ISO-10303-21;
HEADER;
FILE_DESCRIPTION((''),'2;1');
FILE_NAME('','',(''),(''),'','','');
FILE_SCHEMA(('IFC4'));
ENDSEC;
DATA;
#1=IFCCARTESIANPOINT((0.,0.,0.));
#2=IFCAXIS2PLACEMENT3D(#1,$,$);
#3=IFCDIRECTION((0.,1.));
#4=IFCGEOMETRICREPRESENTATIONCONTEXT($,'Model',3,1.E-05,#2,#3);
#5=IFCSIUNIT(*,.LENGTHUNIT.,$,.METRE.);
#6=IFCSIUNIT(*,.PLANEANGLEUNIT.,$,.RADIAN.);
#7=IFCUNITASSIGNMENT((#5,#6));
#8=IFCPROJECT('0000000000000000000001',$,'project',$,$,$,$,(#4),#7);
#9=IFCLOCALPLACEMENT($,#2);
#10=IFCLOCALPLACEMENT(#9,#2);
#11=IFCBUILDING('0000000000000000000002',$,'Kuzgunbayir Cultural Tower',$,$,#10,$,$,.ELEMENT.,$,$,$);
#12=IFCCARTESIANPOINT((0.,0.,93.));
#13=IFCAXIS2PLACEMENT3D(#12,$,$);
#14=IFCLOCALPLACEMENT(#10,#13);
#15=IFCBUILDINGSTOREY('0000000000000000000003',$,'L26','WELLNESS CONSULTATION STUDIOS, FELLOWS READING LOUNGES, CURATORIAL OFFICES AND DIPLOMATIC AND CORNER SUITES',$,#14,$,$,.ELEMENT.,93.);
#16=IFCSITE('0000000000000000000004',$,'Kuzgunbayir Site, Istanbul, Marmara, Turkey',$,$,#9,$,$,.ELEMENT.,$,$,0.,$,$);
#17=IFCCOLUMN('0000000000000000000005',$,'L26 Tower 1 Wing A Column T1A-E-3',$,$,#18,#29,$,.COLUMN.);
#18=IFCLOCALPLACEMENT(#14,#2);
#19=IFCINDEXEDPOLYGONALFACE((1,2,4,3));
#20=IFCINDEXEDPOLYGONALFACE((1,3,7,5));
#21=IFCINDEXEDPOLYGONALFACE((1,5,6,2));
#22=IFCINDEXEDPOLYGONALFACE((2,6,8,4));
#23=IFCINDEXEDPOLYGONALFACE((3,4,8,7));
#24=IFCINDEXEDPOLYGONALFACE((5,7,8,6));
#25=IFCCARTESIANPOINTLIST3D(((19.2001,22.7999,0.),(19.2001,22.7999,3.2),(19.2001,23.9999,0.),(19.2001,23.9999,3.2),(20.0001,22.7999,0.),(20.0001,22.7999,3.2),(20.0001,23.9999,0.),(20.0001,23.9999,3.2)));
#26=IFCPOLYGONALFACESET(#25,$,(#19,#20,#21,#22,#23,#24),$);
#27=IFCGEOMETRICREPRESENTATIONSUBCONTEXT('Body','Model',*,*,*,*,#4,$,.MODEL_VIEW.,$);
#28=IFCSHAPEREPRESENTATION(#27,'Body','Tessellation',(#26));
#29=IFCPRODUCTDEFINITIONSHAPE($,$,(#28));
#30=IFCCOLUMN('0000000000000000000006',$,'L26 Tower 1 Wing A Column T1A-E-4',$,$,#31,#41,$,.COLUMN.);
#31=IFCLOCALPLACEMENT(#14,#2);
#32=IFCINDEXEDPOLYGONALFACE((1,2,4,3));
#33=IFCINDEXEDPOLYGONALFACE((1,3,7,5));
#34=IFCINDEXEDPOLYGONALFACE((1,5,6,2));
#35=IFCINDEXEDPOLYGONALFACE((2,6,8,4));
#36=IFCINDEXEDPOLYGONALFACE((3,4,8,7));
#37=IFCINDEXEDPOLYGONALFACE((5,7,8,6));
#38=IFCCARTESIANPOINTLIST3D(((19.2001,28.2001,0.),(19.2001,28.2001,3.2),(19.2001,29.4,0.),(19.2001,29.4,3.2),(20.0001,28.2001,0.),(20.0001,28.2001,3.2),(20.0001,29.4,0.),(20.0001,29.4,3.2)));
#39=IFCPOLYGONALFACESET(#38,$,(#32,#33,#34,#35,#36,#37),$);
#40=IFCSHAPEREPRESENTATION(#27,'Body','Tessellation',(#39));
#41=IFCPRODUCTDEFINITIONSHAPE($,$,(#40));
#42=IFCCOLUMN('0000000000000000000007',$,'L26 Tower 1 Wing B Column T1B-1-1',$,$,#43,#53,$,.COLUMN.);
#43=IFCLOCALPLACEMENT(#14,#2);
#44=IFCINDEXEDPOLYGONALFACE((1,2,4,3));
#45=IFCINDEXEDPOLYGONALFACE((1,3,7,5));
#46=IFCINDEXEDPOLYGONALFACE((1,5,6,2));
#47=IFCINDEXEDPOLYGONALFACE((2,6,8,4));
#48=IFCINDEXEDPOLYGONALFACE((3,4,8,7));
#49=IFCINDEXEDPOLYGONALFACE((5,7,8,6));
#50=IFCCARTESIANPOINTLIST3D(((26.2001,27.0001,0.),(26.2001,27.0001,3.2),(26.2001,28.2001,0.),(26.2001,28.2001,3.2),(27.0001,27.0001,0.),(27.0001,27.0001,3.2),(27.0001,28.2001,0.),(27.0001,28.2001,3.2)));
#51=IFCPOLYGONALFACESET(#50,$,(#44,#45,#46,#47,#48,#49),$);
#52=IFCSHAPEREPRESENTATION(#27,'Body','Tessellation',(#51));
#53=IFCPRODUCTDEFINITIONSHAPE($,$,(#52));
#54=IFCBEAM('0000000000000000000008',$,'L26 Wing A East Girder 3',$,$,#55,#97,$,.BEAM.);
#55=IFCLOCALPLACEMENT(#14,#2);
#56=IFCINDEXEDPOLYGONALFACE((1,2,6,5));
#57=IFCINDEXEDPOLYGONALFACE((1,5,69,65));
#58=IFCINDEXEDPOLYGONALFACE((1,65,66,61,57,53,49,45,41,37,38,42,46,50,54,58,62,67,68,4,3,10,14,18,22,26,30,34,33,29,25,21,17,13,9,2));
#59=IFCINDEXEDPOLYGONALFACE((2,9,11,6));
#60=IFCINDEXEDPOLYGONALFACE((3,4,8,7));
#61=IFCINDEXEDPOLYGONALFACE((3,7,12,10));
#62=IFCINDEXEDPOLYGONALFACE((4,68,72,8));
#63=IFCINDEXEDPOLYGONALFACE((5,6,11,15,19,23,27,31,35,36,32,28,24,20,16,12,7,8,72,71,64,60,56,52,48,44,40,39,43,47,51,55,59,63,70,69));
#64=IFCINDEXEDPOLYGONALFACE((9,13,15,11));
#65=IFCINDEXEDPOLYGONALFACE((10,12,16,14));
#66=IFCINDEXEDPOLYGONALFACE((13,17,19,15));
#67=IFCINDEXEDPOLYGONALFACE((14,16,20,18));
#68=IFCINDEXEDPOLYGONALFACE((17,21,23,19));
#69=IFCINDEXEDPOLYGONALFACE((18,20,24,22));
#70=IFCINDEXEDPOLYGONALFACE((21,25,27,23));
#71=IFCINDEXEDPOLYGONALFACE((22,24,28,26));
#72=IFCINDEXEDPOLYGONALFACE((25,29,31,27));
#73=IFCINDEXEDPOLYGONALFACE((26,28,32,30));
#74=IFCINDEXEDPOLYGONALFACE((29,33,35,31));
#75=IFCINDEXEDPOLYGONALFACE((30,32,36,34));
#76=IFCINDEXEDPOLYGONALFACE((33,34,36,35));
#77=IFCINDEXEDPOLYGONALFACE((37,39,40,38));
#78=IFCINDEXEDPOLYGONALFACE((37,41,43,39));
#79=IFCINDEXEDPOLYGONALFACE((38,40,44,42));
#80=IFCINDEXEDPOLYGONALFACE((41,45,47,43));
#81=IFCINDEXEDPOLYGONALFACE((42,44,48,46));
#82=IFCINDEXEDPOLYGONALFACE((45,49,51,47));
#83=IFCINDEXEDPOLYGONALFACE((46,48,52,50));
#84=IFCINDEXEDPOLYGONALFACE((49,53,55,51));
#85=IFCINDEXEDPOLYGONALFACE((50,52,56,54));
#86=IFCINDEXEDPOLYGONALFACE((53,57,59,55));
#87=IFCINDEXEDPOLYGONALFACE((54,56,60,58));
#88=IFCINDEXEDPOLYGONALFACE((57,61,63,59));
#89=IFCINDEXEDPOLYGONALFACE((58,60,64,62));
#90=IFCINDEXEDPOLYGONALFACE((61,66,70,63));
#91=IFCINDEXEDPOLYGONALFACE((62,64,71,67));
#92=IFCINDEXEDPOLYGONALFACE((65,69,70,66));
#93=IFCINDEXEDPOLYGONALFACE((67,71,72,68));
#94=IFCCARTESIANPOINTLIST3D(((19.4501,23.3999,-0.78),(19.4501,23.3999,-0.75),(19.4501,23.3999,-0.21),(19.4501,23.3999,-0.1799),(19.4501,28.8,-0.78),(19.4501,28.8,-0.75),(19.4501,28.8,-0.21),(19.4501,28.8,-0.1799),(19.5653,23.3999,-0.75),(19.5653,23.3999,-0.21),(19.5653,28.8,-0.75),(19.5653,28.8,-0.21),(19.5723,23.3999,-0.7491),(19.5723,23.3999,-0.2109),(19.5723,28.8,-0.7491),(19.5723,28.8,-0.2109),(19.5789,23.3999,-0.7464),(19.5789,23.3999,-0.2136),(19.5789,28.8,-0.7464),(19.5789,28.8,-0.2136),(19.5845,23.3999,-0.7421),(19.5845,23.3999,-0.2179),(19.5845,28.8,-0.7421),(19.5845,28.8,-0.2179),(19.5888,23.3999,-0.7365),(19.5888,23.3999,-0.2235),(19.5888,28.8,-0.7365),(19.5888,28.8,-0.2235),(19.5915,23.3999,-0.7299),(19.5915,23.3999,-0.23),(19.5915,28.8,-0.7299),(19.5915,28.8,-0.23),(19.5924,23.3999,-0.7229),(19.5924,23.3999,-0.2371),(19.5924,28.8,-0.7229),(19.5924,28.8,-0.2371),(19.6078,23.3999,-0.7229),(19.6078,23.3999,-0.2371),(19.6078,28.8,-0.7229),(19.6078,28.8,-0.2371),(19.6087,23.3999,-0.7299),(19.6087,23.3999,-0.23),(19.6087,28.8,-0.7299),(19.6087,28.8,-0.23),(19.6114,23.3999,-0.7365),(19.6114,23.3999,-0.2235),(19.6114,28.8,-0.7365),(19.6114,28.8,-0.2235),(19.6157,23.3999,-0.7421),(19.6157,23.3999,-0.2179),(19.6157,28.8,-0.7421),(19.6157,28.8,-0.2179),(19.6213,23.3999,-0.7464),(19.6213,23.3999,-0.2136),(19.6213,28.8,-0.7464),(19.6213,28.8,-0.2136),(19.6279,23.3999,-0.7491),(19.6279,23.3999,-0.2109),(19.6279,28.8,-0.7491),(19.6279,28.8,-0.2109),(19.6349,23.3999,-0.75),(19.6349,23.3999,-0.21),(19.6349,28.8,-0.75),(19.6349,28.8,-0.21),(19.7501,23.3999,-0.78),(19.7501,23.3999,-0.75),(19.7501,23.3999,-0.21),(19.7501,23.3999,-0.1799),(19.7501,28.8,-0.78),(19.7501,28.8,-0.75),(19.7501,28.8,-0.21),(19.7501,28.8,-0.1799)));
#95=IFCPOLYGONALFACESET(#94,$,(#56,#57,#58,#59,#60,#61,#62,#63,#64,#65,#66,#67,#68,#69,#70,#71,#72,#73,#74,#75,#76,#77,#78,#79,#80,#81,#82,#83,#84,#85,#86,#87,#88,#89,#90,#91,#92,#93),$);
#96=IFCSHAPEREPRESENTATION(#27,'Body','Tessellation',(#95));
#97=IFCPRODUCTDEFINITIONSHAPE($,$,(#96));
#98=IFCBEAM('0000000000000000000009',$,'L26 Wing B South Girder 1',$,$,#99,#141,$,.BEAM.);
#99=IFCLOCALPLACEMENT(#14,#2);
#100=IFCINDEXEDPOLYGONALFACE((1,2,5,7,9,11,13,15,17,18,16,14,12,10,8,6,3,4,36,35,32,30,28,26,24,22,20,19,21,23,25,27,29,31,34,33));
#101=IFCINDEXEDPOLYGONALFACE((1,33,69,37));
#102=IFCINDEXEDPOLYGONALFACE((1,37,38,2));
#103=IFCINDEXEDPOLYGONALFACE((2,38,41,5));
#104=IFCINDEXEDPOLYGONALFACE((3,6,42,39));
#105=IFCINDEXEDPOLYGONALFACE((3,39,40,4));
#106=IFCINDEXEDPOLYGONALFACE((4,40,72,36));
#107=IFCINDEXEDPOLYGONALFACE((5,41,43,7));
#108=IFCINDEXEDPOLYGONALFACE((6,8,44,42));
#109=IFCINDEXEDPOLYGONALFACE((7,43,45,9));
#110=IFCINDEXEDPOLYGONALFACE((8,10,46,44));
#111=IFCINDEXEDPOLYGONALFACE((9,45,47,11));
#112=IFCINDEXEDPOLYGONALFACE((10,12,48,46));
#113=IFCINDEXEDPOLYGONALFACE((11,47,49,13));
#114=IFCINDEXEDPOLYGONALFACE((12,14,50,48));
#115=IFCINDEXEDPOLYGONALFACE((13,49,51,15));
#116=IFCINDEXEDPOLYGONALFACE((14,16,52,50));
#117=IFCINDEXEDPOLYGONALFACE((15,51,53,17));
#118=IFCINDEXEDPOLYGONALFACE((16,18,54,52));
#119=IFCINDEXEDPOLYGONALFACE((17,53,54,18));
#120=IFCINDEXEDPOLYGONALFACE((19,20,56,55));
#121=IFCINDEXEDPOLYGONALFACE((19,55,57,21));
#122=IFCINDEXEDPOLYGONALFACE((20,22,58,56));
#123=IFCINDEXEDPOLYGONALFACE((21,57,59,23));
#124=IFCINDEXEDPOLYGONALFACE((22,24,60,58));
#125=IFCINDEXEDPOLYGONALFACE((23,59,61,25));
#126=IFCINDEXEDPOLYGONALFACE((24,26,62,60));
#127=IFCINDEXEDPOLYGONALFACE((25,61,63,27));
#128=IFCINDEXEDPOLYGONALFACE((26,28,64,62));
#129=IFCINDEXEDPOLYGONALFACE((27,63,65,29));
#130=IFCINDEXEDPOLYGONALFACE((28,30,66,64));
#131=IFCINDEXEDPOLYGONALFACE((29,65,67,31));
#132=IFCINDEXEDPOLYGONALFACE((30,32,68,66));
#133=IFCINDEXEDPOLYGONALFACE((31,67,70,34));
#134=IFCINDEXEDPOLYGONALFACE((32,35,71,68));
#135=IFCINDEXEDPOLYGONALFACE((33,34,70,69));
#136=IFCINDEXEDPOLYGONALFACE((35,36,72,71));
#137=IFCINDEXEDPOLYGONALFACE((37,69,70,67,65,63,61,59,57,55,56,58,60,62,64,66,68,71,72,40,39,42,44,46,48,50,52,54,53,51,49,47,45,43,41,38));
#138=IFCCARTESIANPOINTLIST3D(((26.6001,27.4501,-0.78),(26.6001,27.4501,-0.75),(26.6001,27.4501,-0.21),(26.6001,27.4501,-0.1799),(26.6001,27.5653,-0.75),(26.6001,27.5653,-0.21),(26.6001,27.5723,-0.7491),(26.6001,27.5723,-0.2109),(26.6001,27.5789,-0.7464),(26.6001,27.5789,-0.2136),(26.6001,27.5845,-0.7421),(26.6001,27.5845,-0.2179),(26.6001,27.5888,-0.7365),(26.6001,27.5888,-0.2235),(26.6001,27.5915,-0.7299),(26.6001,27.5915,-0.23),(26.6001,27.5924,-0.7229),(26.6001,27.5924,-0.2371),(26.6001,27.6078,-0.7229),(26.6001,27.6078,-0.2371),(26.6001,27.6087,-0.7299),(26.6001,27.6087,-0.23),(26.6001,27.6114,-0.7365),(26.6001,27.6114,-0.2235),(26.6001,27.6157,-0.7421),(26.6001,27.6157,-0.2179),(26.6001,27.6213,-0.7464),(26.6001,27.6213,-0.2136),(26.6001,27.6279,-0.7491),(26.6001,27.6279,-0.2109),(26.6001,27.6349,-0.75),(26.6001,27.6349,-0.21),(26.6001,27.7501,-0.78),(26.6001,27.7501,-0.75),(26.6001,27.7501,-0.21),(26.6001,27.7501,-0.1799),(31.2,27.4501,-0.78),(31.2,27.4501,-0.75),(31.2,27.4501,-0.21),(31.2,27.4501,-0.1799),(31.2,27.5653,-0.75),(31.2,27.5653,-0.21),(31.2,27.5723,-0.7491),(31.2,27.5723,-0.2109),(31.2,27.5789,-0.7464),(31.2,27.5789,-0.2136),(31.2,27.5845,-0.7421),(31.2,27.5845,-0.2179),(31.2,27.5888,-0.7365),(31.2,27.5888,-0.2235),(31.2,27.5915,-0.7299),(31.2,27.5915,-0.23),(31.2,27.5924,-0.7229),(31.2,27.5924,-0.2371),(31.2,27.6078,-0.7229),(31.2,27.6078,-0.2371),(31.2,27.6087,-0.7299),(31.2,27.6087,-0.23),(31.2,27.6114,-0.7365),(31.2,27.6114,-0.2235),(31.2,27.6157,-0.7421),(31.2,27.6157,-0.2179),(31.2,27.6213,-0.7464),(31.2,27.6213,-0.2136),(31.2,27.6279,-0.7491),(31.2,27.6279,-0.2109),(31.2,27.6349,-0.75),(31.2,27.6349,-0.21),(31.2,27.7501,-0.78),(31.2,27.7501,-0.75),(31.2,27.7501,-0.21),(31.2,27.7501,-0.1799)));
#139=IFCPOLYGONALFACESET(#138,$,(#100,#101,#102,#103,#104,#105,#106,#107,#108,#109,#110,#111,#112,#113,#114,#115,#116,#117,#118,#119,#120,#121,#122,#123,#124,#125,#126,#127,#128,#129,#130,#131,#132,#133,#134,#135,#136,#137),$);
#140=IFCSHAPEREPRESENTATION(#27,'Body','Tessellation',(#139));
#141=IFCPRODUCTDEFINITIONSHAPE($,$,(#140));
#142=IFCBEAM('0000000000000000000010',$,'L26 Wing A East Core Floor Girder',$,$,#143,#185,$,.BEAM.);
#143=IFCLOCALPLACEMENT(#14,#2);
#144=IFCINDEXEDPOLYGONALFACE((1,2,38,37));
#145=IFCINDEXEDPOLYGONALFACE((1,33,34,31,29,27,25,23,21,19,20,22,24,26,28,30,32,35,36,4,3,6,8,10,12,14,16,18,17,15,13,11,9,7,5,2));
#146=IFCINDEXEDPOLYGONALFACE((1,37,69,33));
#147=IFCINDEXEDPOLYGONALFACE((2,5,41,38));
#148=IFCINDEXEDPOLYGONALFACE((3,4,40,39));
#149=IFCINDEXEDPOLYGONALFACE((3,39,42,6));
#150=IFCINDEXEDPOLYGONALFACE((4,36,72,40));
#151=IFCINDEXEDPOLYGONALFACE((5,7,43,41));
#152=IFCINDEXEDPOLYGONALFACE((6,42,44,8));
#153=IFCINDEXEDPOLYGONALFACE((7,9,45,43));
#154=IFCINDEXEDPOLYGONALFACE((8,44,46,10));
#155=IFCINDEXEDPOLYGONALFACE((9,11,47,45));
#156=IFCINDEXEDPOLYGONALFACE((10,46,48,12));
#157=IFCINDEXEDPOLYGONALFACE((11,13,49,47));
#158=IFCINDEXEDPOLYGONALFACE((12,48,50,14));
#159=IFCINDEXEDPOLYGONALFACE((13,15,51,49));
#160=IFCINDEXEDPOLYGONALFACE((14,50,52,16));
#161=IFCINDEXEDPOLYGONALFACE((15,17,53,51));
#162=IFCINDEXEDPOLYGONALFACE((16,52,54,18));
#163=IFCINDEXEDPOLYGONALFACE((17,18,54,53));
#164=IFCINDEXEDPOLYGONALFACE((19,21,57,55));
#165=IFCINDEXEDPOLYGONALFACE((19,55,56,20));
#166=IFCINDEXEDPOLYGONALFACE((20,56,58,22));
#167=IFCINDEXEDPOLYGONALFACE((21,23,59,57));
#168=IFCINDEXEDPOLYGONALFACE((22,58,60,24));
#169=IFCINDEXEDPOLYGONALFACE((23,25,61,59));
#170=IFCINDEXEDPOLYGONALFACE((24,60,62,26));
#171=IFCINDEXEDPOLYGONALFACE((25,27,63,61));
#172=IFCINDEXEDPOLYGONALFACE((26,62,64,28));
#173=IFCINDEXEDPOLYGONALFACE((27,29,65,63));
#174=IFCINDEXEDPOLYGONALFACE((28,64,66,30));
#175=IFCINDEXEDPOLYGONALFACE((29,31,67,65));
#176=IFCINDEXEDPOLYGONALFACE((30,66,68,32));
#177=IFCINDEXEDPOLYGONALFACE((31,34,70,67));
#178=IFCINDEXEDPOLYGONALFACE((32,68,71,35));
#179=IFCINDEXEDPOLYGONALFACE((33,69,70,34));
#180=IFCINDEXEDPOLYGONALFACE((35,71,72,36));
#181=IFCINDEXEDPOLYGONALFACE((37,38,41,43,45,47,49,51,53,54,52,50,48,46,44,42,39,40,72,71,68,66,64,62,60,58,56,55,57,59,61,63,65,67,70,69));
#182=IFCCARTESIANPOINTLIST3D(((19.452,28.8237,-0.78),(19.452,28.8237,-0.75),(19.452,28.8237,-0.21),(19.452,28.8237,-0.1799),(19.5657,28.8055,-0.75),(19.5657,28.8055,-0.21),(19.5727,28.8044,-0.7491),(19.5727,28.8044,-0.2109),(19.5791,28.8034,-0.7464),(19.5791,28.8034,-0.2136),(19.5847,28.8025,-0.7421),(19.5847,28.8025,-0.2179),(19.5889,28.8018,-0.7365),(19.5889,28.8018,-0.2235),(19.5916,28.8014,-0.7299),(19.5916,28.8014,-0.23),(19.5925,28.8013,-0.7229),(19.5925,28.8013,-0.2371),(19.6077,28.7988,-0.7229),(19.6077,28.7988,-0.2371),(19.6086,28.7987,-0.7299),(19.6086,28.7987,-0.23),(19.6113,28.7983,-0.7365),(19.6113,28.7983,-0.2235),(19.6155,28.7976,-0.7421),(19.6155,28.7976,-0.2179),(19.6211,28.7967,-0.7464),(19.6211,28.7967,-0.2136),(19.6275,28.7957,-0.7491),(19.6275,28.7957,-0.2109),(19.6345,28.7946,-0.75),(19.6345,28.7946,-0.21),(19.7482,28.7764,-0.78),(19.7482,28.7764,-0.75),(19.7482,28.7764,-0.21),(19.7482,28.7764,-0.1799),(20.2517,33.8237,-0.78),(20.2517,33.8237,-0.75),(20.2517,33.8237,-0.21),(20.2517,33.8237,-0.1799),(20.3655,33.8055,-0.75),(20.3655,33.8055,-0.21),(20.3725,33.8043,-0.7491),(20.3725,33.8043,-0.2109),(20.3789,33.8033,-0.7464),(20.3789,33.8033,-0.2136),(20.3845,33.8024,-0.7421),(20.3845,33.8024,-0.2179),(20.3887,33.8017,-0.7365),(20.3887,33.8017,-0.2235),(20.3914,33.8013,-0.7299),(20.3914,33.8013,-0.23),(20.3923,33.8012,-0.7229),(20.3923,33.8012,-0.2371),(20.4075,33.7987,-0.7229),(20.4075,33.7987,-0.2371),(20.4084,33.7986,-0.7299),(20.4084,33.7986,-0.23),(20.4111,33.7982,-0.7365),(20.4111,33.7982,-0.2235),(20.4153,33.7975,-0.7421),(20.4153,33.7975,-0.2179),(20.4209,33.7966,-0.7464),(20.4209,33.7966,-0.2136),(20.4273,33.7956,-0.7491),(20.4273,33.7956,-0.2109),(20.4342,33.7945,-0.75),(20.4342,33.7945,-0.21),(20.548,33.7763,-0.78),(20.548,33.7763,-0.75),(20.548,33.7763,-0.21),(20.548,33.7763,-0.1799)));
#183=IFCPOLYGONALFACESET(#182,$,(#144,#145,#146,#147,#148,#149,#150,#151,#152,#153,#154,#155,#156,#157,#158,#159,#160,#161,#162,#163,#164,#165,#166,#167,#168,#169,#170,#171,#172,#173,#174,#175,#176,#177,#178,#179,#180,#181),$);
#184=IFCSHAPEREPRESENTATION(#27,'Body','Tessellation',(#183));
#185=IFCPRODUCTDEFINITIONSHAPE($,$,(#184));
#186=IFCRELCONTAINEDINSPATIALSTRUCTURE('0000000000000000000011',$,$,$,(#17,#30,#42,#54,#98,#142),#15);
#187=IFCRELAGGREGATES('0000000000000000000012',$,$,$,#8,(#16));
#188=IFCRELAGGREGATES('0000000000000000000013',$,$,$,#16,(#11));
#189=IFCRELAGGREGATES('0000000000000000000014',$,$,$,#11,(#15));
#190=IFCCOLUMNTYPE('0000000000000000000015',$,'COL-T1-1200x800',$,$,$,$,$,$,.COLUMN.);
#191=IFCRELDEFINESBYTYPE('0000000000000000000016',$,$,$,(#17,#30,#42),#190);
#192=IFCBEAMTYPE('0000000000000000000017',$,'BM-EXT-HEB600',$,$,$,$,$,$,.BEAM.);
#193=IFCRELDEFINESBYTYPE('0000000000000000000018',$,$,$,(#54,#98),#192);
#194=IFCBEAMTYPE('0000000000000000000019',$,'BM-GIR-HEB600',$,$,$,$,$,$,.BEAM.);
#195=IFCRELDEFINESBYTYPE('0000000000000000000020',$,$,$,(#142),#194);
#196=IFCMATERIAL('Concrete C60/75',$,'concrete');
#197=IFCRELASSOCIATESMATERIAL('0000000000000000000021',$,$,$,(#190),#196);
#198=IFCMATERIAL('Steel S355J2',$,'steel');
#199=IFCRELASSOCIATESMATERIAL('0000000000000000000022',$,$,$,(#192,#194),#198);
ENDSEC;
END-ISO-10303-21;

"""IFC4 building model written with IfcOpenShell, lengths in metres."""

from ifc_helpers import new_model, si_unit, direction, frame, origin, origin_2d, place, context, subcontext, project, spatial, rectangle, i_section, extrude, material, material_profile, profile_set, type_object, element, save


model = new_model("IFC4")

# Units and contexts
model_context = context("Model", 3, precision=1e-05, world=origin(), true_north=direction((0.0, 1.0)))
body_context = subcontext(model_context, "Body", "Model", "MODEL_VIEW")
ifc_project = project(units=[si_unit("LENGTHUNIT", "METRE"), si_unit("PLANEANGLEUNIT", "RADIAN")], contexts=[model_context])

# Site, building, storey
site_placement = place(None, origin())
site = spatial("IfcSite", under=ifc_project, at=site_placement, Name="Kuzgunbayir Site, Istanbul, Marmara, Turkey", CompositionType="ELEMENT", RefElevation=0.0)
building_placement = place(site_placement, origin())
building = spatial("IfcBuilding", under=site, at=building_placement, Name="Kuzgunbayir Cultural Tower", CompositionType="ELEMENT")
storey_placement = place(building_placement, frame((0.0, 0.0, 93.0)))
storey = spatial("IfcBuildingStorey", under=building, at=storey_placement, Name="L26", Description="WELLNESS CONSULTATION STUDIOS, FELLOWS READING LOUNGES, CURATORIAL OFFICES AND DIPLOMATIC AND CORNER SUITES", CompositionType="ELEMENT", Elevation=93.0)

# Columns
ifc_material_1 = material(Name="Concrete C60/75", Category="concrete")
ifc_material_profile_1 = material_profile(ifc_material_1, rectangle(XDim=0.8, YDim=1.2, at=origin_2d()), Name="RC 1200x800")
ifc_profile_set_1 = profile_set([ifc_material_profile_1], Name="Concrete C60/75")
column_type = type_object("IfcColumnType", Name="COL-T1-1200x800", PredefinedType="COLUMN", material=ifc_profile_set_1)
for number, where, z_axis, x_axis, name in (
    (1, (19.6001, 23.3999, 0.0), (0.0, 0.0, 1.0), (1.0, 0.0, 0.0), "L26 Tower 1 Wing A Column T1A-E-3"),
    (2, (19.6001, 28.8, 0.0), (0.0, 0.0, 1.0), (1.0, 0.0, 0.0), "L26 Tower 1 Wing A Column T1A-E-4"),
    (3, (26.6001, 27.6001, 0.0), (0.0, 0.0, 1.0), (1.0, 0.0, 0.0), "L26 Tower 1 Wing B Column T1B-1-1"),
):
    element("IfcColumn", number, at=place(storey_placement, frame(where, z_axis=z_axis, x_axis=x_axis)), inside=storey, type_object=column_type, Name=name, PredefinedType="COLUMN", context=body_context, shape_type="SweptSolid", body=[
        extrude(rectangle(XDim=0.8, YDim=1.2, at=origin_2d()), origin(), (0.0, 0.0, 1.0), 3.2),
    ])

# Beams
ifc_material_2 = material(Name="Steel S355J2", Category="steel")
ifc_material_profile_2 = material_profile(ifc_material_2, i_section(OverallWidth=0.3, OverallDepth=0.6001, WebThickness=0.0154, FlangeThickness=0.03, FilletRadius=0.0271, at=origin_2d()), Name="HEB 600")
ifc_profile_set_2 = profile_set([ifc_material_profile_2], Name="Steel S355J2")
beam_type_1 = type_object("IfcBeamType", Name="BM-EXT-HEB600", PredefinedType="BEAM", material=ifc_profile_set_2)
beam_1_placement = place(storey_placement, frame((19.6001, 23.3999, -0.48), z_axis=(0.0, 1.0, 0.0), x_axis=(-1.0, 0.0, 0.0)))
element("IfcBeam", 4, at=beam_1_placement, inside=storey, type_object=beam_type_1, Name="L26 Wing A East Girder 3", PredefinedType="BEAM", context=body_context, shape_type="SweptSolid", body=[
    extrude(i_section(OverallWidth=0.3, OverallDepth=0.6001, WebThickness=0.0154, FlangeThickness=0.03, FilletRadius=0.0271, at=origin_2d()), origin(), (0.0, 0.0, 1.0), 5.4001),
])
beam_2_placement = place(storey_placement, frame((26.6001, 27.6001, -0.48), z_axis=(1.0, 0.0, 0.0), x_axis=(0.0, 1.0, 0.0)))
element("IfcBeam", 5, at=beam_2_placement, inside=storey, type_object=beam_type_1, Name="L26 Wing B South Girder 1", PredefinedType="BEAM", context=body_context, shape_type="SweptSolid", body=[
    extrude(i_section(OverallWidth=0.3, OverallDepth=0.6001, WebThickness=0.0154, FlangeThickness=0.03, FilletRadius=0.0271, at=origin_2d()), origin(), (0.0, 0.0, 1.0), 4.5999),
])
ifc_material_profile_3 = material_profile(ifc_material_2, i_section(OverallWidth=0.3, OverallDepth=0.6001, WebThickness=0.0154, FlangeThickness=0.03, FilletRadius=0.0271, at=origin_2d()), Name="HEB 600")
ifc_profile_set_3 = profile_set([ifc_material_profile_3], Name="Steel S355J2")
beam_type_2 = type_object("IfcBeamType", Name="BM-GIR-HEB600", PredefinedType="BEAM", material=ifc_profile_set_3)
beam_3_placement = place(storey_placement, frame((19.6001, 28.8, -0.48), z_axis=(0.157953, 0.987447, 0.0), x_axis=(-0.987447, 0.157953, 0.0)))
element("IfcBeam", 6, at=beam_3_placement, inside=storey, type_object=beam_type_2, Name="L26 Wing A East Core Floor Girder", PredefinedType="BEAM", context=body_context, shape_type="SweptSolid", body=[
    extrude(i_section(OverallWidth=0.3, OverallDepth=0.6001, WebThickness=0.0154, FlangeThickness=0.03, FilletRadius=0.0271, at=origin_2d()), origin(), (0.0, 0.0, 1.0), 5.0635),
])

save(model, "model.ifc")
